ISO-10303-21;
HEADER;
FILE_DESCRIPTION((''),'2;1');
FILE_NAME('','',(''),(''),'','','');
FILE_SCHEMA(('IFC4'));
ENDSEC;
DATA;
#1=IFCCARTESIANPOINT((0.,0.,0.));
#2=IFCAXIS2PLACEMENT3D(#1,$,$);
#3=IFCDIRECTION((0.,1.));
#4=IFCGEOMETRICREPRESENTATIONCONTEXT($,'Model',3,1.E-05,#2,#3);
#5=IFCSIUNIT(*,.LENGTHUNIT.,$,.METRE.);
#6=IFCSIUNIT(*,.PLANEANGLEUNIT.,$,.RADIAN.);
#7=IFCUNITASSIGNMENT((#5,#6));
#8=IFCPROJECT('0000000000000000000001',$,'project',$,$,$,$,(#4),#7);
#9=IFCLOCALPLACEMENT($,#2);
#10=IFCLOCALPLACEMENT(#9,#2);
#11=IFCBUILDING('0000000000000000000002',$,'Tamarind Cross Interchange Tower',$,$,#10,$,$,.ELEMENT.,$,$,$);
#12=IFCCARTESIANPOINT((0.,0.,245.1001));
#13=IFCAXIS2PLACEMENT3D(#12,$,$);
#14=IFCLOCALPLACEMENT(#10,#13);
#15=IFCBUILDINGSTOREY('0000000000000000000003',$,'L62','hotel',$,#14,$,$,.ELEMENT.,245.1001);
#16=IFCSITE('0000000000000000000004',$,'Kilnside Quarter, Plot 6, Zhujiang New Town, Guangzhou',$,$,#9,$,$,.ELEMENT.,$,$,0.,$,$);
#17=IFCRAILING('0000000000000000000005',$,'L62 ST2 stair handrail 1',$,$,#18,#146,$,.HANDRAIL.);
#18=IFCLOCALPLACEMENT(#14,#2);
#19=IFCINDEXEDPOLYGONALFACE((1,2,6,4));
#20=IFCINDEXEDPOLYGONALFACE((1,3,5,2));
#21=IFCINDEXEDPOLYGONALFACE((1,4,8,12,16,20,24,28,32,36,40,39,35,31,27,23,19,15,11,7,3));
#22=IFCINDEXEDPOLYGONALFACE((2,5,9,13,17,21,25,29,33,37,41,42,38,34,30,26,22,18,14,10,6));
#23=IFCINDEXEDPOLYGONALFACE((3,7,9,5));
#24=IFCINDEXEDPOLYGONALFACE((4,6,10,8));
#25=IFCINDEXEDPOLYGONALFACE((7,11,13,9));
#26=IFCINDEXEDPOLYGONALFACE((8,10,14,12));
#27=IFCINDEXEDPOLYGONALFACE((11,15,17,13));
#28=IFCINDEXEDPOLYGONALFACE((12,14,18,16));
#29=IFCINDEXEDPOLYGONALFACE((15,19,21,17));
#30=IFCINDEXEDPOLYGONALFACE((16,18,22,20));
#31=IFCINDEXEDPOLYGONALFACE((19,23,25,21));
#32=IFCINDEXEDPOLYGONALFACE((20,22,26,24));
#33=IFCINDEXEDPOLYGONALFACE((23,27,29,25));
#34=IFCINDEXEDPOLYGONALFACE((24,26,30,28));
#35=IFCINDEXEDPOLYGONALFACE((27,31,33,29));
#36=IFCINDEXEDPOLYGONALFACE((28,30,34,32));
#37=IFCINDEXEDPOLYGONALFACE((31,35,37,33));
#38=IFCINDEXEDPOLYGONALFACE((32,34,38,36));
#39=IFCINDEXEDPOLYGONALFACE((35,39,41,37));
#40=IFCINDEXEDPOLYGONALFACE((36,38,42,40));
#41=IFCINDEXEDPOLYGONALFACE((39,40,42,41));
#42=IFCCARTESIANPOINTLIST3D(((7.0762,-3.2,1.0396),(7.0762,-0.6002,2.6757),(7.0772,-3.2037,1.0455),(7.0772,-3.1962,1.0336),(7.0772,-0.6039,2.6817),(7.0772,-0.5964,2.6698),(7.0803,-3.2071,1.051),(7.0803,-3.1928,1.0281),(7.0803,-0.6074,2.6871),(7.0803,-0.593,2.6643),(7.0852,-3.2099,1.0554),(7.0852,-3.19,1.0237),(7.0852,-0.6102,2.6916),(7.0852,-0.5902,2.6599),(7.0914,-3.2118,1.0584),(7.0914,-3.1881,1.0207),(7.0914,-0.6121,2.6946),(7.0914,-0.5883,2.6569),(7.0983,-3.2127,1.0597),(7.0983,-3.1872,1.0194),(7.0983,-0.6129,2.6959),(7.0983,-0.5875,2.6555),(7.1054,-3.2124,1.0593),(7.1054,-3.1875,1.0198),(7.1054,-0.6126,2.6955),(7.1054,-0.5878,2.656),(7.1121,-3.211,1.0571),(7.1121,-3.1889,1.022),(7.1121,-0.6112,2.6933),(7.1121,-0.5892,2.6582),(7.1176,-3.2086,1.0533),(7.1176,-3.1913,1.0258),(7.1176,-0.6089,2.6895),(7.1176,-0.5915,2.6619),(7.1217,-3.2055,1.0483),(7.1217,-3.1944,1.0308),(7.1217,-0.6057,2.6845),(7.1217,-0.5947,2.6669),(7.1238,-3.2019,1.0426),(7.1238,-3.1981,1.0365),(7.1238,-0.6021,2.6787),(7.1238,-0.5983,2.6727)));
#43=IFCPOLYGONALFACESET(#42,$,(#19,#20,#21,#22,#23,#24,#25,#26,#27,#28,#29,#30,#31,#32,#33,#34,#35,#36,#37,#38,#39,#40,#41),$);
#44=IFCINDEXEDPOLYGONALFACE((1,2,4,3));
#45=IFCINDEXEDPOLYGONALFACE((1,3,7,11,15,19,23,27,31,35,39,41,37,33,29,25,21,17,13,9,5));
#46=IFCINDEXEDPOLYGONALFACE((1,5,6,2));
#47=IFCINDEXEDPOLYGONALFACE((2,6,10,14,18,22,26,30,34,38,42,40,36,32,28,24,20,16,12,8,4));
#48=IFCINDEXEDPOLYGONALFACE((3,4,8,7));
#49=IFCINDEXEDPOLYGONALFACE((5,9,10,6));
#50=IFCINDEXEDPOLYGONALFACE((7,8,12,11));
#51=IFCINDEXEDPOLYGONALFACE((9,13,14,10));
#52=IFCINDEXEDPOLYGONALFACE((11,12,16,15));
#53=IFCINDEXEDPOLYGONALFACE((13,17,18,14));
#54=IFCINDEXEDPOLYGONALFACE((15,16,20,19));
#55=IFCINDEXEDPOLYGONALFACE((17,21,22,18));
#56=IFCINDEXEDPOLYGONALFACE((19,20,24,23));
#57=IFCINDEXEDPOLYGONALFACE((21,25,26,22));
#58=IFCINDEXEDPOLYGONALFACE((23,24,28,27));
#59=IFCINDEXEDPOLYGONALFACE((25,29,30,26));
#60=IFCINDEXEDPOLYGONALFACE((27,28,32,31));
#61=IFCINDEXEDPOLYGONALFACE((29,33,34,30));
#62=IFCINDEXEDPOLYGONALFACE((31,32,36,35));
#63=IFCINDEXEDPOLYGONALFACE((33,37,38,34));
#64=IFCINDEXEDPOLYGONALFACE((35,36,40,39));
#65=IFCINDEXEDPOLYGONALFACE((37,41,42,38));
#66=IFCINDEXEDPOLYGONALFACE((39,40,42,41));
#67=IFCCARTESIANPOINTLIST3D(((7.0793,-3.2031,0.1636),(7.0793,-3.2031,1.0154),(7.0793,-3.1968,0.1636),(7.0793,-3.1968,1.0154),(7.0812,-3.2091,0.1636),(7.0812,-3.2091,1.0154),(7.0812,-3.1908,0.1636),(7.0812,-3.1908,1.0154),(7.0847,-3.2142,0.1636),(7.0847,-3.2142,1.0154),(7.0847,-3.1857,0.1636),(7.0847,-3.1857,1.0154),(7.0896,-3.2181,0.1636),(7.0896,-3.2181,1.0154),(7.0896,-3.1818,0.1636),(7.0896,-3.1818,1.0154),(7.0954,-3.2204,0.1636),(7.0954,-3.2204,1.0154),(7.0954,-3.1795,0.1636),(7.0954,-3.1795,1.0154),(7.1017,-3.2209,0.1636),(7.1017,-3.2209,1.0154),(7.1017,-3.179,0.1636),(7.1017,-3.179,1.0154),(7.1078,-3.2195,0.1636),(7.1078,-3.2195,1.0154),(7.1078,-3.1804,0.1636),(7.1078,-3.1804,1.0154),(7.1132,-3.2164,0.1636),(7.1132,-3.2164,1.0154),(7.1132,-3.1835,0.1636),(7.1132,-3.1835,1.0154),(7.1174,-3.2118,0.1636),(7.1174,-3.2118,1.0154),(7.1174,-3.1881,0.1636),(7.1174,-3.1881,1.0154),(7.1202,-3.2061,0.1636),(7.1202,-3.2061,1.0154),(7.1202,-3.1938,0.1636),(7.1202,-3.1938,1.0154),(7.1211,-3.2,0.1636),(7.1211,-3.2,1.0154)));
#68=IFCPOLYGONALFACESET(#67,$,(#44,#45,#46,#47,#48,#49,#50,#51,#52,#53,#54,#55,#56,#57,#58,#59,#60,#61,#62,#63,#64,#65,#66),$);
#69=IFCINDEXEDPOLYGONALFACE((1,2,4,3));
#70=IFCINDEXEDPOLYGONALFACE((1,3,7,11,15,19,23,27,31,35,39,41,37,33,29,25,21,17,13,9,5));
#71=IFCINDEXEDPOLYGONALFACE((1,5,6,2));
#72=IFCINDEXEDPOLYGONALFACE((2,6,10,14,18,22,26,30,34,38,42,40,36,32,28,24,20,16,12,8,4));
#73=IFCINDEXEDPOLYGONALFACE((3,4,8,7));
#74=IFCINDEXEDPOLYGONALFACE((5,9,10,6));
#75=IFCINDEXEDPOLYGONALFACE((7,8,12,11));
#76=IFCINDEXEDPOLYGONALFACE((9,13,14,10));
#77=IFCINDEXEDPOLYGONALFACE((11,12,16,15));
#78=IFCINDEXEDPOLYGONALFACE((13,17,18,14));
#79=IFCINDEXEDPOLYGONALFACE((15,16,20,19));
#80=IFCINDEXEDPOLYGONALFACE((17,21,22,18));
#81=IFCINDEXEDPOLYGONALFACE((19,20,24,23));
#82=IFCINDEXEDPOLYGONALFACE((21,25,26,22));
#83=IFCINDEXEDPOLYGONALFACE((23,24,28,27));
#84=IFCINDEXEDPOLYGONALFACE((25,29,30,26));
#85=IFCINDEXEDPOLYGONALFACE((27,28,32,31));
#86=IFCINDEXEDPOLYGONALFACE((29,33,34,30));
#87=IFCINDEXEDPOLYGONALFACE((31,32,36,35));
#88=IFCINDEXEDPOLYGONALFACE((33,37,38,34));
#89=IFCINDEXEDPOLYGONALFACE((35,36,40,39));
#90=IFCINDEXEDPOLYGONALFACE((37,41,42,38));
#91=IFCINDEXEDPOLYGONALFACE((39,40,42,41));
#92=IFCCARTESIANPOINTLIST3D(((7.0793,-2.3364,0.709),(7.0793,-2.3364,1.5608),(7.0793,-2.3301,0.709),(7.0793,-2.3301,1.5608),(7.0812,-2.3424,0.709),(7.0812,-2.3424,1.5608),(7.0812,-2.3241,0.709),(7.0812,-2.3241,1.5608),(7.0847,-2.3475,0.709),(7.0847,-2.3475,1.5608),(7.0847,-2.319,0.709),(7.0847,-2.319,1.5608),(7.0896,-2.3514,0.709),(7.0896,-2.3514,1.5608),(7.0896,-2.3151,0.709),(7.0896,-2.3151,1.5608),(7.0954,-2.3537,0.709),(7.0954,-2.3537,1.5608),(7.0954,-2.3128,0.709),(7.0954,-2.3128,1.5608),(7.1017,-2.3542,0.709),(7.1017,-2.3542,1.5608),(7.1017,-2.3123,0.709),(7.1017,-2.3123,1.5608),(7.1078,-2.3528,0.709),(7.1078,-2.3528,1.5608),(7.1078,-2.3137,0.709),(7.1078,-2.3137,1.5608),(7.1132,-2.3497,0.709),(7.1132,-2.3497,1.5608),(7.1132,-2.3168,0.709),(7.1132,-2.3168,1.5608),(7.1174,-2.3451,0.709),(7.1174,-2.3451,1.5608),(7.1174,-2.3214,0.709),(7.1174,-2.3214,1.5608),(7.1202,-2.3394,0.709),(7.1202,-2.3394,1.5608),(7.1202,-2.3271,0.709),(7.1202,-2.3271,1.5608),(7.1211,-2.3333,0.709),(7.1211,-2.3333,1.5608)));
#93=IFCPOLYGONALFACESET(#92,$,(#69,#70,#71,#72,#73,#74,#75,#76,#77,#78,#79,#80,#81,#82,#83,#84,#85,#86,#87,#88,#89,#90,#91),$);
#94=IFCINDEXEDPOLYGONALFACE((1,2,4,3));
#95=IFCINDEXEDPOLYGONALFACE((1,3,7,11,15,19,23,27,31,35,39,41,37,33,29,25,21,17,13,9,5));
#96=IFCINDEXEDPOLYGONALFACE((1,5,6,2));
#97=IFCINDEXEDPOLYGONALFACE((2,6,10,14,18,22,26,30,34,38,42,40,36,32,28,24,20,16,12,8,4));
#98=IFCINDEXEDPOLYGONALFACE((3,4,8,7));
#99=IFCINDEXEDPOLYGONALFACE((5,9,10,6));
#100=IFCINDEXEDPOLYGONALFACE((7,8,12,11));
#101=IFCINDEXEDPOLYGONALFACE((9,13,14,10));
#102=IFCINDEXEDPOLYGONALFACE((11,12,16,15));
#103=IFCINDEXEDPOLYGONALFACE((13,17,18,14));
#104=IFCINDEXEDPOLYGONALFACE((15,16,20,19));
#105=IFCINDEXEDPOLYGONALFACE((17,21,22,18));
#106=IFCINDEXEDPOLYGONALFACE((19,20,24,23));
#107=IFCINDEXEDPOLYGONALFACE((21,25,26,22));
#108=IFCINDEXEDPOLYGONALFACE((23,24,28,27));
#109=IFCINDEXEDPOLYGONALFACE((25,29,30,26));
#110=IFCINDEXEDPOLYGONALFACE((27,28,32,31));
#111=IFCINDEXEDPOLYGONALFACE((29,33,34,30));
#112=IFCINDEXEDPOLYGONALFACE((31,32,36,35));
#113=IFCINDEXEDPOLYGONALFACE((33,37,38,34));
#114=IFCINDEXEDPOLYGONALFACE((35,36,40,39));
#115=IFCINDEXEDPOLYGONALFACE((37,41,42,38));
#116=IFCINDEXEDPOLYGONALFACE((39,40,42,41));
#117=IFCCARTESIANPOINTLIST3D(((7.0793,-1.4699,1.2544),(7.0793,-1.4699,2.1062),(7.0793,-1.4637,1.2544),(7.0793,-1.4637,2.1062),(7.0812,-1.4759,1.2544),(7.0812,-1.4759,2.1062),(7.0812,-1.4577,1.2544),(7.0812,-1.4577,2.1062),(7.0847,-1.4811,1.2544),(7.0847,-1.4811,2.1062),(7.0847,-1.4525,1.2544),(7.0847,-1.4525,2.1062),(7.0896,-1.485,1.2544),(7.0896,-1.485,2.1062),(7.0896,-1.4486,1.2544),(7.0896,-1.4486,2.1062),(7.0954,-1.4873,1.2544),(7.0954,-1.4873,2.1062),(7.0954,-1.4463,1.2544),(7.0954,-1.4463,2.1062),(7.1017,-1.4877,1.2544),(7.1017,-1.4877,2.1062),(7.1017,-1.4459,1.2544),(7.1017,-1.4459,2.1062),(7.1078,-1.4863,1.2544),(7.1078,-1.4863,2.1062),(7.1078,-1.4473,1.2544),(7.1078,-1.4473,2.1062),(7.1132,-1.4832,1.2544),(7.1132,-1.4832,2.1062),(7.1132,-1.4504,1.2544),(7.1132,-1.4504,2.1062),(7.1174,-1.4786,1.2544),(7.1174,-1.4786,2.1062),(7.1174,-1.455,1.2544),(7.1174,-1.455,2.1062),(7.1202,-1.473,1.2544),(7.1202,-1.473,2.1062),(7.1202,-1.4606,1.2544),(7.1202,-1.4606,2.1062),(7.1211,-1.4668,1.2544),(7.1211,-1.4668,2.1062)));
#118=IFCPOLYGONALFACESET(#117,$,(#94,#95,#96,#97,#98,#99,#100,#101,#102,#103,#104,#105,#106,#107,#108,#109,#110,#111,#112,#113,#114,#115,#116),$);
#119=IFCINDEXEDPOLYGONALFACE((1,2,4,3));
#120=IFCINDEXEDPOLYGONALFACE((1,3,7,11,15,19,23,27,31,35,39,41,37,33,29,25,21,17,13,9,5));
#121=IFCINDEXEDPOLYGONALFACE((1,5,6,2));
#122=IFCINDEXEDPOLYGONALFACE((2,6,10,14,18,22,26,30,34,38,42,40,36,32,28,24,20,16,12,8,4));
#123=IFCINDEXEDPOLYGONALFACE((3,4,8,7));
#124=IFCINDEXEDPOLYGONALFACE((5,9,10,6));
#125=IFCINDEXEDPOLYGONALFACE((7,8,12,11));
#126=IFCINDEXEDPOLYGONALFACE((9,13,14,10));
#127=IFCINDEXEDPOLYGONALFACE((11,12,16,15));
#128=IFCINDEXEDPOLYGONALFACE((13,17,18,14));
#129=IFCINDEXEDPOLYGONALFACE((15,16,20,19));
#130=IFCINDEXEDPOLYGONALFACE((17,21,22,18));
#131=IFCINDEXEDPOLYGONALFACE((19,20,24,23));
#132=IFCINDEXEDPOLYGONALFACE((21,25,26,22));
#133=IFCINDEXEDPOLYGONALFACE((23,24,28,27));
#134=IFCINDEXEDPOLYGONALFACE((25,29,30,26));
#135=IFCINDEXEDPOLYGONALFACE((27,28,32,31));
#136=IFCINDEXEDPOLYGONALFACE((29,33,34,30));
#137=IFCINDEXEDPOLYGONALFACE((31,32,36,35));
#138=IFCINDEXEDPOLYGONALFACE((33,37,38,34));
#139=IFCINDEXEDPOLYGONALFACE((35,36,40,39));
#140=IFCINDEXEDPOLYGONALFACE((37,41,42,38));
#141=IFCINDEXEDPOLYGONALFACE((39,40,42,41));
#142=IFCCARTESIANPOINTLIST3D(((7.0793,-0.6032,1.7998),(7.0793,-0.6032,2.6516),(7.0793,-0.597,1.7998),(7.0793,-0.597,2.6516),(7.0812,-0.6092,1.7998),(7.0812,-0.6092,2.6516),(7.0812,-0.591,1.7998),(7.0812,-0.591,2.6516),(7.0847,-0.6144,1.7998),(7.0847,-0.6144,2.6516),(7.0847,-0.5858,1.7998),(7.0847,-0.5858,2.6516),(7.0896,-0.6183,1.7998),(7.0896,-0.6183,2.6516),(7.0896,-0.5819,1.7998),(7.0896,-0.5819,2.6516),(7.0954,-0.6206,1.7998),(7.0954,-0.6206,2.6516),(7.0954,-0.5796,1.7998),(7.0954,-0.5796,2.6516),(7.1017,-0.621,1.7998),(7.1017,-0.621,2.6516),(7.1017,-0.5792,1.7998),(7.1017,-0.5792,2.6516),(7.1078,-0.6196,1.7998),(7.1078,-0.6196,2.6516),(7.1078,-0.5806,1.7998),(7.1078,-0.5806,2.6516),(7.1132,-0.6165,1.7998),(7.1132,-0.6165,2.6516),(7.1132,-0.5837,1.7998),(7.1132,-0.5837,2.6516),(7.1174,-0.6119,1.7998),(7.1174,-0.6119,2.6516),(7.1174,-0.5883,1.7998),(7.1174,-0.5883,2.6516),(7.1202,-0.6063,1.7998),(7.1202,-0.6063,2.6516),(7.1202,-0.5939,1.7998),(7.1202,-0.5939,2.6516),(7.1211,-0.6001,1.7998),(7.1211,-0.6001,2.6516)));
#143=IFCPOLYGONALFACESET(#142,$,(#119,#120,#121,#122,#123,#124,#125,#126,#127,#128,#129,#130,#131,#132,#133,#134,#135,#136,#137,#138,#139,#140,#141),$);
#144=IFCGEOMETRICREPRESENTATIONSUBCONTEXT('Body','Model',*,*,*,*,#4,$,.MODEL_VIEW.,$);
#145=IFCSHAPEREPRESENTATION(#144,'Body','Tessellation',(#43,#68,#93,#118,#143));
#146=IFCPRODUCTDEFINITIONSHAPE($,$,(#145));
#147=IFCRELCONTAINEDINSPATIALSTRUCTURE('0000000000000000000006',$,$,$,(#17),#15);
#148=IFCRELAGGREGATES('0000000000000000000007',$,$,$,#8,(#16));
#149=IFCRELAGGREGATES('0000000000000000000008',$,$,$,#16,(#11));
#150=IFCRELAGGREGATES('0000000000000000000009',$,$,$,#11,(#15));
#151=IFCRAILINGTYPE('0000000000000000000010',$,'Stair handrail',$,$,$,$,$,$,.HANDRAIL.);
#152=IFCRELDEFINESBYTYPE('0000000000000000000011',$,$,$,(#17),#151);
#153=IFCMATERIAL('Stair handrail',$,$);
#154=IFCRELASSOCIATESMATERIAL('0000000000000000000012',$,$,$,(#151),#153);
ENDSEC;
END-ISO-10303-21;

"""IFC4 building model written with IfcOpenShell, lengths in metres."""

from ifc_helpers import new_model, si_unit, direction, frame, origin, origin_2d, place, context, subcontext, project, spatial, circle, extrude, material, type_object, element, save


model = new_model("IFC4")

# Units and contexts
model_context = context("Model", 3, precision=1e-05, world=origin(), true_north=direction((0.0, 1.0)))
body_context = subcontext(model_context, "Body", "Model", "MODEL_VIEW")
ifc_project = project(units=[si_unit("LENGTHUNIT", "METRE"), si_unit("PLANEANGLEUNIT", "RADIAN")], contexts=[model_context])

# Site, building, storey
site_placement = place(None, origin())
site = spatial("IfcSite", under=ifc_project, at=site_placement, Name="Kilnside Quarter, Plot 6, Zhujiang New Town, Guangzhou", CompositionType="ELEMENT", RefElevation=0.0)
building_placement = place(site_placement, origin())
building = spatial("IfcBuilding", under=site, at=building_placement, Name="Tamarind Cross Interchange Tower", CompositionType="ELEMENT")
storey_placement = place(building_placement, frame((0.0, 0.0, 245.1001)))
storey = spatial("IfcBuildingStorey", under=building, at=storey_placement, Name="L62", Description="hotel", CompositionType="ELEMENT", Elevation=245.1001)

# Railing
ifc_material_1 = material(Name="Stair handrail")
railing_type_1 = type_object("IfcRailingType", Name="Stair handrail", PredefinedType="HANDRAIL", material=ifc_material_1)
railing_1_placement = place(storey_placement, frame((7.1001, -3.2, 0.1636)))
element("IfcRailing", 1, at=railing_1_placement, inside=storey, type_object=railing_type_1, Name="L62 ST2 stair handrail 1", PredefinedType="HANDRAIL", context=body_context, shape_type="SweptSolid", body=[
    extrude(circle(Radius=0.0239, at=origin_2d()), frame((0.0, 0.0, 0.876), z_axis=(0.0, 0.846338, 0.532647), x_axis=(-1.0, 0.0, 0.0)), (0.0, 0.0, 1.0), 3.0718),
    extrude(circle(Radius=0.021, at=origin_2d()), origin(), (0.0, 0.0, 1.0), 0.8518),
    extrude(circle(Radius=0.021, at=origin_2d()), frame((0.0, 0.8667, 0.5454)), (0.0, 0.0, 1.0), 0.8518),
    extrude(circle(Radius=0.021, at=origin_2d()), frame((0.0, 1.7332, 1.0908)), (0.0, 0.0, 1.0), 0.8518),
    extrude(circle(Radius=0.021, at=origin_2d()), frame((0.0, 2.5999, 1.6362)), (0.0, 0.0, 1.0), 0.8518),
])

save(model, "model.ifc")
